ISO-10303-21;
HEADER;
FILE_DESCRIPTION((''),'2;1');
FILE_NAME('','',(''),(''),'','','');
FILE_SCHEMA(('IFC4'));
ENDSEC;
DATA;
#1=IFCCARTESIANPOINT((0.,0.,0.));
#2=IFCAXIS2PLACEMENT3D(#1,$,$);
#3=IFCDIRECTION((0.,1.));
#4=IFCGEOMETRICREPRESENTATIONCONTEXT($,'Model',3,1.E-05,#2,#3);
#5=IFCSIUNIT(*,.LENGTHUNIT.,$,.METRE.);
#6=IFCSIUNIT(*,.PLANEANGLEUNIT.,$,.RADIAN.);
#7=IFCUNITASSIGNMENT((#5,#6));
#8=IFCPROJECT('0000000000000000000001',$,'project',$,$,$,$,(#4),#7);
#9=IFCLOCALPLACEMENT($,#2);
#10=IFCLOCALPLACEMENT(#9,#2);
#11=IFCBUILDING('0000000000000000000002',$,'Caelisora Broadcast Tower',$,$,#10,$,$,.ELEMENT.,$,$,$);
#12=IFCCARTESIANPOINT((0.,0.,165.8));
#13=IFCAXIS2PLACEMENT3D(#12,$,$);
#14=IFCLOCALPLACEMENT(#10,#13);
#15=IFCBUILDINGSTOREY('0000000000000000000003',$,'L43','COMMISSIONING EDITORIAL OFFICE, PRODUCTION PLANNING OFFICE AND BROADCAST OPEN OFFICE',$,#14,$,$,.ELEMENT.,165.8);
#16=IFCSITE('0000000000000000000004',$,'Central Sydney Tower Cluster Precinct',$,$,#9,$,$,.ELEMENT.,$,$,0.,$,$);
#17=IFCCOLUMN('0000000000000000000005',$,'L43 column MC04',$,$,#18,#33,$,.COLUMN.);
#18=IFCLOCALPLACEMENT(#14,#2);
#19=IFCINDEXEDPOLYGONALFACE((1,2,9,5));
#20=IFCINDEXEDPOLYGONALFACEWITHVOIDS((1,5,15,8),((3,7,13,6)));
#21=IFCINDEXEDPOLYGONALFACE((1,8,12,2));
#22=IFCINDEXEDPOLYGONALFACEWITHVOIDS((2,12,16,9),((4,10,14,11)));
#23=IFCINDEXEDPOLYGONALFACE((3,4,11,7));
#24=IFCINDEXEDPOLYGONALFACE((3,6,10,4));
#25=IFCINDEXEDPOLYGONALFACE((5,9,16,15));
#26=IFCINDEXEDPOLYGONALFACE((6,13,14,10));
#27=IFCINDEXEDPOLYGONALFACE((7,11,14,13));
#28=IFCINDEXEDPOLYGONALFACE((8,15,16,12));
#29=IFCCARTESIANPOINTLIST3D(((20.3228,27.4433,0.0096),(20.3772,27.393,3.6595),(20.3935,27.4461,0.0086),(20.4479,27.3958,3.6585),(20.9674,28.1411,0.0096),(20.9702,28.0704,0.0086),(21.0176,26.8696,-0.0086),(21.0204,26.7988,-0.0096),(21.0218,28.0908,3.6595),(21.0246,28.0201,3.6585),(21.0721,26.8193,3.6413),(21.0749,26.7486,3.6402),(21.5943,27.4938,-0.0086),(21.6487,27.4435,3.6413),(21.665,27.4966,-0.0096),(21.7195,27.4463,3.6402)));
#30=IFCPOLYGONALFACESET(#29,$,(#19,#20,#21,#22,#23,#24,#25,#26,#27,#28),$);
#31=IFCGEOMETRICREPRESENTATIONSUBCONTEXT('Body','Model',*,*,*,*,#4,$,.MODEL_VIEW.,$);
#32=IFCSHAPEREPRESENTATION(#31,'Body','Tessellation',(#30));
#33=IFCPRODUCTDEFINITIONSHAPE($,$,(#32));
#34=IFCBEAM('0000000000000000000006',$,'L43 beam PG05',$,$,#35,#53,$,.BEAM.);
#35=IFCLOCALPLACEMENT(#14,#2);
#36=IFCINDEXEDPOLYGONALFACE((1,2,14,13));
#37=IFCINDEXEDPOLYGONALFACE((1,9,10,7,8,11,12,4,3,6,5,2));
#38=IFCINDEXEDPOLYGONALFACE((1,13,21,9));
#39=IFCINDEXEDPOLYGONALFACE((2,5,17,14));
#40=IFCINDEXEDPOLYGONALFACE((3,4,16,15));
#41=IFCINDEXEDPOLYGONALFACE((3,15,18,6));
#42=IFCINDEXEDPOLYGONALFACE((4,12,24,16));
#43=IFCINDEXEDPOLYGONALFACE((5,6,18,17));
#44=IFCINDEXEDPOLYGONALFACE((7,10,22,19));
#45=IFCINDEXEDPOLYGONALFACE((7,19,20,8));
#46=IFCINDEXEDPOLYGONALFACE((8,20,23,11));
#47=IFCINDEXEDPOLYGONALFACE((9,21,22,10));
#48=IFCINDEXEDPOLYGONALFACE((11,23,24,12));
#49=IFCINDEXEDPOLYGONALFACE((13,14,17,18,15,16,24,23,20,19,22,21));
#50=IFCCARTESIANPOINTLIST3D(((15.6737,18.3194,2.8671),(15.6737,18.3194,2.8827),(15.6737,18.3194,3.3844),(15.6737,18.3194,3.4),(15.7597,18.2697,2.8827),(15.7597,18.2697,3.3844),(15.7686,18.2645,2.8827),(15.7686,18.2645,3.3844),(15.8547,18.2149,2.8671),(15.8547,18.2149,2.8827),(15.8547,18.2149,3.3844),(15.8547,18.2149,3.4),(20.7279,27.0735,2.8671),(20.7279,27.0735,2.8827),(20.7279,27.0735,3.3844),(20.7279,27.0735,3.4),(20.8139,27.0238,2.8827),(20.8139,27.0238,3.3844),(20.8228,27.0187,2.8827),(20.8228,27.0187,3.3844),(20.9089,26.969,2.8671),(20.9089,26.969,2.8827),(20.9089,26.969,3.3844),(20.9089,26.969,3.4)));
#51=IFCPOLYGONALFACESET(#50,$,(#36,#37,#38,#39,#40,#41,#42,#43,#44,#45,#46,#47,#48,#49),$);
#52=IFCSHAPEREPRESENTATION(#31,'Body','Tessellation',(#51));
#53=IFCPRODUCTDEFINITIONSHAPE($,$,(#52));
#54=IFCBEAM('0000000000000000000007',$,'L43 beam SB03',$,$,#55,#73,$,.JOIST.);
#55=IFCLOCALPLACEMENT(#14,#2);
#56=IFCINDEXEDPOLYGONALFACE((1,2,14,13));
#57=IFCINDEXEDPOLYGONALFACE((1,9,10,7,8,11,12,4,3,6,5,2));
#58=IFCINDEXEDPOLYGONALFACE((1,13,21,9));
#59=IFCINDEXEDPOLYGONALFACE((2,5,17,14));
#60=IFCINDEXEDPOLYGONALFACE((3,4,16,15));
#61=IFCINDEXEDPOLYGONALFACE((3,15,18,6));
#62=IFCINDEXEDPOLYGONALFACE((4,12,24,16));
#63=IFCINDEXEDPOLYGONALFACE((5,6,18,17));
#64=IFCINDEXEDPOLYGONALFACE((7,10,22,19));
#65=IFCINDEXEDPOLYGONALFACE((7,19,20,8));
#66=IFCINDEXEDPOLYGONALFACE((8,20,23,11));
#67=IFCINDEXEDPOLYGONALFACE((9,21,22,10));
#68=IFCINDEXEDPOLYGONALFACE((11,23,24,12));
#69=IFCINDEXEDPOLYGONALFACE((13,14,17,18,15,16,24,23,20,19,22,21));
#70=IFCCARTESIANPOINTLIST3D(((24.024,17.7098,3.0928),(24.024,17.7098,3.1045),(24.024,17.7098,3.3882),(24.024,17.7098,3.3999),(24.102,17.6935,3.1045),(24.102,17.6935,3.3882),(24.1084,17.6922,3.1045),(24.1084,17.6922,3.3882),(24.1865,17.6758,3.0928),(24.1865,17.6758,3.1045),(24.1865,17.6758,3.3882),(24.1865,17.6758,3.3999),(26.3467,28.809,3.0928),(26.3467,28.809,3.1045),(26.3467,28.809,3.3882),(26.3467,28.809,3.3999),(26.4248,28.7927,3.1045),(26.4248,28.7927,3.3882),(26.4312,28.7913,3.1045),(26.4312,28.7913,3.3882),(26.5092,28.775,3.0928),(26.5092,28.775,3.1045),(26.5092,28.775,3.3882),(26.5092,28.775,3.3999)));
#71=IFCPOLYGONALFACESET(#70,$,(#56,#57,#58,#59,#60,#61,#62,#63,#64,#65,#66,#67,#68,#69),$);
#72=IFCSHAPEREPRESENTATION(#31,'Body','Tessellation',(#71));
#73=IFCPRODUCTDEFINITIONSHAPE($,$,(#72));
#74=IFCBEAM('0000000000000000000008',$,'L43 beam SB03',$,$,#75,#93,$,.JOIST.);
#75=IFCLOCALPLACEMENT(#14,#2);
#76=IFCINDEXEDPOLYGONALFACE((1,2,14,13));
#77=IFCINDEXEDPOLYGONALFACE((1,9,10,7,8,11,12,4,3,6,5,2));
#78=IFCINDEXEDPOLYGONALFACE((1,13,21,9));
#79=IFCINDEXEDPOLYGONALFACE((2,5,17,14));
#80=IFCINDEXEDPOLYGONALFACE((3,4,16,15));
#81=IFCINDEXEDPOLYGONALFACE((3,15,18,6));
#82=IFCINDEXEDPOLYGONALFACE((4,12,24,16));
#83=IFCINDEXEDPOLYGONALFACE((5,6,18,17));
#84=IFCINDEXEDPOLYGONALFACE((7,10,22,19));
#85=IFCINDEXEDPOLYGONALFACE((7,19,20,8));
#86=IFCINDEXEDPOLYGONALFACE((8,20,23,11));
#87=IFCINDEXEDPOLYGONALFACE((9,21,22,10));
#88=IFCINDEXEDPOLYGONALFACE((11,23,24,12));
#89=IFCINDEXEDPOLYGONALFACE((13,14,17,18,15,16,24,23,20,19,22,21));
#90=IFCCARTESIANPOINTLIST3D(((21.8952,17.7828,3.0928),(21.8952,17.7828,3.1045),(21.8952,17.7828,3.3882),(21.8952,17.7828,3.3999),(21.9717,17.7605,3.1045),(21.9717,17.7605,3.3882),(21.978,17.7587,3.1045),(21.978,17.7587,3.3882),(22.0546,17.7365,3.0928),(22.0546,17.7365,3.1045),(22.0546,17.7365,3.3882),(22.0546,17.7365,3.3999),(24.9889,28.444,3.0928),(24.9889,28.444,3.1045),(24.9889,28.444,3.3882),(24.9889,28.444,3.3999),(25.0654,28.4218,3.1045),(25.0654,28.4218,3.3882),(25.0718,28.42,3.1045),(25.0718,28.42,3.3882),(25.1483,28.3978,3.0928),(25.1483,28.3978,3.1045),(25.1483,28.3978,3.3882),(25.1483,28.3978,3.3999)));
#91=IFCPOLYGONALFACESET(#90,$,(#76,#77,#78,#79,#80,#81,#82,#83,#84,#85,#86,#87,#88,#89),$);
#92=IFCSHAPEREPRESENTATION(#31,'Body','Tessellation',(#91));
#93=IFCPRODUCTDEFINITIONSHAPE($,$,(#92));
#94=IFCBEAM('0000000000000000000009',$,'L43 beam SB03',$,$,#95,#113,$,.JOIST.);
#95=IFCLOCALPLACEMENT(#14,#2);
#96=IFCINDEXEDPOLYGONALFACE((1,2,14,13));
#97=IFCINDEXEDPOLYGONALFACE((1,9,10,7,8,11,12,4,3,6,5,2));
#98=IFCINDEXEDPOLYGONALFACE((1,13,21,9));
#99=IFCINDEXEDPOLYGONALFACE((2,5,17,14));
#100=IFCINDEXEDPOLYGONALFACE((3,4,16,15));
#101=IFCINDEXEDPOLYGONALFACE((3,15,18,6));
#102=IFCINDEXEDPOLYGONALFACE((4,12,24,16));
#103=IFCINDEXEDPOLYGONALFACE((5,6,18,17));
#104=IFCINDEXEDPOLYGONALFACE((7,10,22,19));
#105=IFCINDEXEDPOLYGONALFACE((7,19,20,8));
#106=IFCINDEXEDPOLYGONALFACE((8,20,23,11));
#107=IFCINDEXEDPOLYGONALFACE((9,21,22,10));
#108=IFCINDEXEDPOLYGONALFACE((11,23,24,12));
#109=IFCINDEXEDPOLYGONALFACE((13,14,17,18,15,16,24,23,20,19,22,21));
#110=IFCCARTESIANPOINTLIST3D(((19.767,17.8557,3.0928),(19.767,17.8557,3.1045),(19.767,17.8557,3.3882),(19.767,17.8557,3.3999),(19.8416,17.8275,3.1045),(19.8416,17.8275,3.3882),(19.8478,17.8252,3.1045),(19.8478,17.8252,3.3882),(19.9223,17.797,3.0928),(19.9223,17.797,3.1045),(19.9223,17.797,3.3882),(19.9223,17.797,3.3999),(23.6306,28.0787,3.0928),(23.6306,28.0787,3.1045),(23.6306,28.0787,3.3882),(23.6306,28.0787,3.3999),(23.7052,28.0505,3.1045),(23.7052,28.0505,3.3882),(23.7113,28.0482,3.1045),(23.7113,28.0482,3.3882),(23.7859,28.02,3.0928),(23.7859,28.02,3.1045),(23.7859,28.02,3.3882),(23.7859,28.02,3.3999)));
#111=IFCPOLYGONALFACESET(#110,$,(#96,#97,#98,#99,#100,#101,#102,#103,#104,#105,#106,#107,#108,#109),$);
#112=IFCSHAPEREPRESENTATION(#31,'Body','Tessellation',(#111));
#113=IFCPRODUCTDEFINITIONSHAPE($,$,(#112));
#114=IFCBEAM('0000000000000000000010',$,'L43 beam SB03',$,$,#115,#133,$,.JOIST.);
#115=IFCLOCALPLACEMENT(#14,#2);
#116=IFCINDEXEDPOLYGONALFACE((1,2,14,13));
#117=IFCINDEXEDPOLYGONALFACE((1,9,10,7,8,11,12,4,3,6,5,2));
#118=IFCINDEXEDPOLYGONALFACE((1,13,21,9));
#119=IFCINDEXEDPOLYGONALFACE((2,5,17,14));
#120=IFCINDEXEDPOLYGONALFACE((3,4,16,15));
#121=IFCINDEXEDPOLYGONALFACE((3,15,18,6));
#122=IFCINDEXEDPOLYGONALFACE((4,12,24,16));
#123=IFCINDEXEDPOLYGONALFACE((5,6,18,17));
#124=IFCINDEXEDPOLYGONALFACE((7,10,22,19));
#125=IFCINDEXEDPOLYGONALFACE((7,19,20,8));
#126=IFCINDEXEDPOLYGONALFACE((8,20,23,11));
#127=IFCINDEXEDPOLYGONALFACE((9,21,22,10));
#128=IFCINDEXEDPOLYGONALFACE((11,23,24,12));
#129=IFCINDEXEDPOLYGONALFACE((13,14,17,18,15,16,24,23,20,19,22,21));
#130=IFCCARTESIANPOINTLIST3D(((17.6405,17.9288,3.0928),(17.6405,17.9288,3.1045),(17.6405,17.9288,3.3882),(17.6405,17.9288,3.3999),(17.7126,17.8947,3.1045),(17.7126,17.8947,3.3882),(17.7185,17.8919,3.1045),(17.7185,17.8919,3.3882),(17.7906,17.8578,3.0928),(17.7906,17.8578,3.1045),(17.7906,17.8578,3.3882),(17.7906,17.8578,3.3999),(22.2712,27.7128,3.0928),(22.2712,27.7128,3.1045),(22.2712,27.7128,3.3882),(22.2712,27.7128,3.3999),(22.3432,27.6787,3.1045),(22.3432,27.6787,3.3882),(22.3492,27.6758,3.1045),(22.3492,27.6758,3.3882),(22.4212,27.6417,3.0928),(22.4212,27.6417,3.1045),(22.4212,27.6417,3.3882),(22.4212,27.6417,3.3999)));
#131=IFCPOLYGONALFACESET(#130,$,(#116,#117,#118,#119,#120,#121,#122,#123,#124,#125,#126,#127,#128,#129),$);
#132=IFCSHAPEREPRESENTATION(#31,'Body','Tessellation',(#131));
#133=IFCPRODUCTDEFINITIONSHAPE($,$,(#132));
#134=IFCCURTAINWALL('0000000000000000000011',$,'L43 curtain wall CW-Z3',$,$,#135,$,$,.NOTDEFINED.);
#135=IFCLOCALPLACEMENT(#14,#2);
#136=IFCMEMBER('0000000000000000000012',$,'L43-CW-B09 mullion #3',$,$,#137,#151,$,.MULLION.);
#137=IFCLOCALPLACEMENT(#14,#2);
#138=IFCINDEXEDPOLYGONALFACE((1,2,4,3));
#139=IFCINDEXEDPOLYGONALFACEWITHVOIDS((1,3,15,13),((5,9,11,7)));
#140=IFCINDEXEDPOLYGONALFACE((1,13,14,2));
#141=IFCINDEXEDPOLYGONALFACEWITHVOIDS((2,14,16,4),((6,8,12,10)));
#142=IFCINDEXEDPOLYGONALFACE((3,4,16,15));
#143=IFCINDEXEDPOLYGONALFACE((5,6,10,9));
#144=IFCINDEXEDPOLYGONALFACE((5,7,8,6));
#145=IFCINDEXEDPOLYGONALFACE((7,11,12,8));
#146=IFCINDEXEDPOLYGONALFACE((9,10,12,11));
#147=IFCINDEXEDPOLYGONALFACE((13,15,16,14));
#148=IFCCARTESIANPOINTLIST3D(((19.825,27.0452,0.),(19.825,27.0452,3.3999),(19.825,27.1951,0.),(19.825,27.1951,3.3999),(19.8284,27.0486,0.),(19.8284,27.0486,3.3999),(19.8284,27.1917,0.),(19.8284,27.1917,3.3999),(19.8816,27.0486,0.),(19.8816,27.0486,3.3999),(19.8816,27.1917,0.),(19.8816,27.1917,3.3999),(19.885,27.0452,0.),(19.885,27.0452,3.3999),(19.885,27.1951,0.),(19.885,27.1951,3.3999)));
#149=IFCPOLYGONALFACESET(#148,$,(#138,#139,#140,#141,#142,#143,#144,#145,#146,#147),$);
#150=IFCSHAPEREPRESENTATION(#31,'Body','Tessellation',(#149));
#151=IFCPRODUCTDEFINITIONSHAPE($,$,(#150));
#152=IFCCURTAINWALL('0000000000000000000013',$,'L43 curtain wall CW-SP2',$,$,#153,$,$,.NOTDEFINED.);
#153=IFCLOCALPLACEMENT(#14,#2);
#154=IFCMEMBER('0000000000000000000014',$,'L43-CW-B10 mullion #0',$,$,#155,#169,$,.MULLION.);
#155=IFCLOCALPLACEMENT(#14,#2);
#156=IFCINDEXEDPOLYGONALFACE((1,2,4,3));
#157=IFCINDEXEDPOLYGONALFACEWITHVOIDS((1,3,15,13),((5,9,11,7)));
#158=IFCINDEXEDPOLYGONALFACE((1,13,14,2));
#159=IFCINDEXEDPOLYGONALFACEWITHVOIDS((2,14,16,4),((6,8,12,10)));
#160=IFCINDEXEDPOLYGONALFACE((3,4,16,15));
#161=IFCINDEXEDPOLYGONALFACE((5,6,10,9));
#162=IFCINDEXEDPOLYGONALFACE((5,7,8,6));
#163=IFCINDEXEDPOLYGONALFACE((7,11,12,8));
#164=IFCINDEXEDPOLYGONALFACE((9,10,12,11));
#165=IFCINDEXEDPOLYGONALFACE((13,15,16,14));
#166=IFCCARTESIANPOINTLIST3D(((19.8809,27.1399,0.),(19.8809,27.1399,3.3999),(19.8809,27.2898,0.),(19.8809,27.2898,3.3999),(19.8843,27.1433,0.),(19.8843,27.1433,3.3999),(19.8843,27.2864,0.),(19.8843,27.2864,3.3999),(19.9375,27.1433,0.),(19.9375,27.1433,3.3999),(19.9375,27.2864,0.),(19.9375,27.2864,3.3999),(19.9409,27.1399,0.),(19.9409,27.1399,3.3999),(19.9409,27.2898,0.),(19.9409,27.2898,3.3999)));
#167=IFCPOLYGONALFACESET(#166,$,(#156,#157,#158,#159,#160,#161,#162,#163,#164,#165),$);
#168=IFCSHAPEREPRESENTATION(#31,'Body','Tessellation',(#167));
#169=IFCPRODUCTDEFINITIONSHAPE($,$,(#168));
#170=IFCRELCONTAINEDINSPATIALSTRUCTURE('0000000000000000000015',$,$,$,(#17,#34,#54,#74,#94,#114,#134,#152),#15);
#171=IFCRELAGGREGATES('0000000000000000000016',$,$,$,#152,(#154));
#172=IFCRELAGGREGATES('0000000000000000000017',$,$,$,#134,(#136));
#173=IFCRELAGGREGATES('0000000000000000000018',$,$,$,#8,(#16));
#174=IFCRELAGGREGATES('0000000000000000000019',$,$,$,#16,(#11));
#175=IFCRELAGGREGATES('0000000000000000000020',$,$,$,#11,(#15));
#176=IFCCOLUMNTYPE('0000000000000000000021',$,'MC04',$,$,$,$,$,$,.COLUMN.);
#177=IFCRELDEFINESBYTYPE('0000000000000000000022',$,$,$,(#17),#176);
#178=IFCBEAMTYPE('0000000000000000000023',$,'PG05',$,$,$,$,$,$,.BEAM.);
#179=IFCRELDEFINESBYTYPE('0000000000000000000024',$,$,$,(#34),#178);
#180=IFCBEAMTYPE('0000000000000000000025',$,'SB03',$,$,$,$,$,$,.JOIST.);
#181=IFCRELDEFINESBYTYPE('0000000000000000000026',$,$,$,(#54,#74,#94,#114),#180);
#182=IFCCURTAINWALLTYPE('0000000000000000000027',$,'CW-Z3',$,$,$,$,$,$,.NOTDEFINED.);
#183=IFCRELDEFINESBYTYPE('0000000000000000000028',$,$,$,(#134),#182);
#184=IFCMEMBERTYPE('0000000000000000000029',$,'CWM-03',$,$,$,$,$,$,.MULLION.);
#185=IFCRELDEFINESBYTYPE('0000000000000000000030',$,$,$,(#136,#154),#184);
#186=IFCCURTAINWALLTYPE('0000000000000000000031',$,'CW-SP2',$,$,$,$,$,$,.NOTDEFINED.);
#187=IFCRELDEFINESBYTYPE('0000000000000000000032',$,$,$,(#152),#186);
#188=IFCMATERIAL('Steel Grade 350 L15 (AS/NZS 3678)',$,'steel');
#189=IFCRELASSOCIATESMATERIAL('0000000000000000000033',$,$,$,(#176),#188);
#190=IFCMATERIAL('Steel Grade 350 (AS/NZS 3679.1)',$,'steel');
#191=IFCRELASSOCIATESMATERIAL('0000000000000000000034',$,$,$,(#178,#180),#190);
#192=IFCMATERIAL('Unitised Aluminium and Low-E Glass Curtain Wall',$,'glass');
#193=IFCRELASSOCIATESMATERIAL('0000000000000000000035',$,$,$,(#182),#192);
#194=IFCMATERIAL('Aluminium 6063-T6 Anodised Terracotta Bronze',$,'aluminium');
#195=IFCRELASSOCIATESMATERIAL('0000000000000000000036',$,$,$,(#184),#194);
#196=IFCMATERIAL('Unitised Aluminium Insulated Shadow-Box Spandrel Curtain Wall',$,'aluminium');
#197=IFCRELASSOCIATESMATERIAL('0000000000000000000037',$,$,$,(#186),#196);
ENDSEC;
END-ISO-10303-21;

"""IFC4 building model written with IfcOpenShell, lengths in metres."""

from ifc_helpers import new_model, si_unit, direction, frame, origin, origin_2d, place, context, subcontext, project, spatial, hollow_rectangle, i_section, extrude, source, transform, mapped, material, material_profile, profile_set, type_object, type_shapes, element, aggregate, save


model = new_model("IFC4")

# Units and contexts
model_context = context("Model", 3, precision=1e-05, world=origin(), true_north=direction((0.0, 1.0)))
body_context = subcontext(model_context, "Body", "Model", "MODEL_VIEW")
ifc_project = project(units=[si_unit("LENGTHUNIT", "METRE"), si_unit("PLANEANGLEUNIT", "RADIAN")], contexts=[model_context])

# Site, building, storey
site_placement = place(None, origin())
site = spatial("IfcSite", under=ifc_project, at=site_placement, Name="Central Sydney Tower Cluster Precinct", CompositionType="ELEMENT", RefElevation=0.0)
building_placement = place(site_placement, origin())
building = spatial("IfcBuilding", under=site, at=building_placement, Name="Caelisora Broadcast Tower", CompositionType="ELEMENT")
storey_placement = place(building_placement, frame((0.0, 0.0, 165.8)))
storey = spatial("IfcBuildingStorey", under=building, at=storey_placement, Name="L43", Description="COMMISSIONING EDITORIAL OFFICE, PRODUCTION PLANNING OFFICE AND BROADCAST OPEN OFFICE", CompositionType="ELEMENT", Elevation=165.8)

# Column
ifc_material_1 = material(Name="Steel Grade 350 L15 (AS/NZS 3678)", Category="steel")
ifc_material_profile_1 = material_profile(ifc_material_1, hollow_rectangle(XDim=0.95, YDim=0.95, WallThickness=0.05, at=origin_2d()), Name="Steel Grade 350 L15 (AS/NZS 3678)")
ifc_profile_set_1 = profile_set([ifc_material_profile_1], Name="Steel Grade 350 L15 (AS/NZS 3678)")
column_type = type_object("IfcColumnType", Name="MC04", PredefinedType="COLUMN", material=ifc_profile_set_1)
shared_shape_1 = source(origin(), body_context, "Body", "SweptSolid", [
    extrude(hollow_rectangle(XDim=0.95, YDim=0.95, WallThickness=0.05, at=origin_2d()), origin(), (0.0, 0.0, 1.0), 3.6506),
])
type_shapes(column_type, [shared_shape_1])
column_placement = place(storey_placement, frame((20.9939, 27.47, 0.0), z_axis=(0.014913, -0.013776, 0.999794), x_axis=(0.678554, 0.734551, 0.0)))
element("IfcColumn", 1, at=column_placement, inside=storey, type_object=column_type, Name="L43 column MC04", PredefinedType="COLUMN", context=body_context, shape_type="MappedRepresentation", body=[
    mapped(shared_shape_1, transform((0.0, 0.0, 0.0), scale=1.0)),
])

# Beams
ifc_material_2 = material(Name="Steel Grade 350 (AS/NZS 3679.1)", Category="steel")
ifc_material_profile_2 = material_profile(ifc_material_2, i_section(OverallWidth=0.209, OverallDepth=0.533, WebThickness=0.0103, FlangeThickness=0.0156, at=origin_2d()), Name="Steel Grade 350 (AS/NZS 3679.1)")
ifc_profile_set_2 = profile_set([ifc_material_profile_2], Name="Steel Grade 350 (AS/NZS 3679.1)")
beam_type_1 = type_object("IfcBeamType", Name="PG05", PredefinedType="BEAM", material=ifc_profile_set_2)
shared_shape_2 = source(origin(), body_context, "Body", "SweptSolid", [
    extrude(i_section(OverallWidth=0.209, OverallDepth=0.533, WebThickness=0.0103, FlangeThickness=0.0156, at=origin_2d()), origin(), (0.0, 0.0, 1.0), 10.1084),
])
type_shapes(beam_type_1, [shared_shape_2])
beam_1_placement = place(storey_placement, frame((20.8184, 27.0212, 3.1335), z_axis=(-0.499999, -0.866026, 0.0), x_axis=(0.866026, -0.499999, 0.0)))
element("IfcBeam", 2, at=beam_1_placement, inside=storey, type_object=beam_type_1, Name="L43 beam PG05", PredefinedType="BEAM", context=body_context, shape_type="MappedRepresentation", body=[
    mapped(shared_shape_2, transform((0.0, 0.0, 0.0), scale=1.0)),
])
ifc_material_profile_3 = material_profile(ifc_material_2, i_section(OverallWidth=0.166, OverallDepth=0.3071, WebThickness=0.0066, FlangeThickness=0.0117, at=origin_2d()), Name="Steel Grade 350 (AS/NZS 3679.1)")
ifc_profile_set_3 = profile_set([ifc_material_profile_3], Name="Steel Grade 350 (AS/NZS 3679.1)")
beam_type_2 = type_object("IfcBeamType", Name="SB03", PredefinedType="JOIST", material=ifc_profile_set_3)
shared_shape_3 = source(origin(), body_context, "Body", "SweptSolid", [
    extrude(i_section(OverallWidth=0.166, OverallDepth=0.3071, WebThickness=0.0066, FlangeThickness=0.0117, at=origin_2d()), origin(), (0.0, 0.0, 1.0), 11.3396),
])
beam_2_placement = place(storey_placement, frame((26.428, 28.792, 3.2463), z_axis=(-0.204836, -0.978796, 0.0), x_axis=(0.978796, -0.204836, 0.0)))
element("IfcBeam", 3, at=beam_2_placement, inside=storey, type_object=beam_type_2, Name="L43 beam SB03", PredefinedType="JOIST", context=body_context, shape_type="MappedRepresentation", body=[
    mapped(shared_shape_3, transform((0.0, 0.0, 0.0), scale=1.0)),
])
shared_shape_4 = source(origin(), body_context, "Body", "SweptSolid", [
    extrude(i_section(OverallWidth=0.166, OverallDepth=0.3071, WebThickness=0.0066, FlangeThickness=0.0117, at=origin_2d()), origin(), (0.0, 0.0, 1.0), 11.1011),
])
beam_3_placement = place(storey_placement, frame((25.0686, 28.4209, 3.2463), z_axis=(-0.278687, -0.960382, 0.0), x_axis=(0.960382, -0.278687, 0.0)))
element("IfcBeam", 4, at=beam_3_placement, inside=storey, type_object=beam_type_2, Name="L43 beam SB03", PredefinedType="JOIST", context=body_context, shape_type="MappedRepresentation", body=[
    mapped(shared_shape_4, transform((0.0, 0.0, 0.0), scale=1.0)),
])
shared_shape_5 = source(origin(), body_context, "Body", "SweptSolid", [
    extrude(i_section(OverallWidth=0.166, OverallDepth=0.3071, WebThickness=0.0066, FlangeThickness=0.0117, at=origin_2d()), origin(), (0.0, 0.0, 1.0), 10.9287),
])
beam_4_placement = place(storey_placement, frame((23.7083, 28.0493, 3.2463), z_axis=(-0.353524, -0.935425, 0.0), x_axis=(0.935425, -0.353524, 0.0)))
element("IfcBeam", 5, at=beam_4_placement, inside=storey, type_object=beam_type_2, Name="L43 beam SB03", PredefinedType="JOIST", context=body_context, shape_type="MappedRepresentation", body=[
    mapped(shared_shape_5, transform((0.0, 0.0, 0.0), scale=1.0)),
])
shared_shape_6 = source(origin(), body_context, "Body", "SweptSolid", [
    extrude(i_section(OverallWidth=0.166, OverallDepth=0.3071, WebThickness=0.0066, FlangeThickness=0.0117, at=origin_2d()), origin(), (0.0, 0.0, 1.0), 10.8245),
])
type_shapes(beam_type_2, [shared_shape_3, shared_shape_4, shared_shape_5, shared_shape_6])
beam_5_placement = place(storey_placement, frame((22.3462, 27.6772, 3.2463), z_axis=(-0.427794, -0.903876, 0.0), x_axis=(0.903876, -0.427794, 0.0)))
element("IfcBeam", 6, at=beam_5_placement, inside=storey, type_object=beam_type_2, Name="L43 beam SB03", PredefinedType="JOIST", context=body_context, shape_type="MappedRepresentation", body=[
    mapped(shared_shape_6, transform((0.0, 0.0, 0.0), scale=1.0)),
])

# Curtain wall, member
ifc_material_3 = material(Name="Unitised Aluminium and Low-E Glass Curtain Wall", Category="glass")
curtain_wall_type_1 = type_object("IfcCurtainWallType", Name="CW-Z3", PredefinedType="NOTDEFINED", material=ifc_material_3)
curtain_wall_1_placement = place(storey_placement, origin())
curtain_wall_1 = element("IfcCurtainWall", 7, at=curtain_wall_1_placement, inside=storey, type_object=curtain_wall_type_1, Name="L43 curtain wall CW-Z3", PredefinedType="NOTDEFINED")
ifc_material_4 = material(Name="Aluminium 6063-T6 Anodised Terracotta Bronze", Category="aluminium")
ifc_material_profile_4 = material_profile(ifc_material_4, hollow_rectangle(XDim=0.0601, YDim=0.1499, WallThickness=0.0034, at=origin_2d()), Name="Aluminium 6063-T6 Anodised Terracotta Bronze")
ifc_profile_set_4 = profile_set([ifc_material_profile_4], Name="Aluminium 6063-T6 Anodised Terracotta Bronze")
member_type_1 = type_object("IfcMemberType", Name="CWM-03", PredefinedType="MULLION", material=ifc_profile_set_4)
shared_shape_7 = source(origin(), body_context, "Body", "SweptSolid", [
    extrude(hollow_rectangle(XDim=0.0601, YDim=0.1499, WallThickness=0.0034, at=origin_2d()), origin(), (0.0, 0.0, 1.0), 3.3999),
])
type_shapes(member_type_1, [shared_shape_7])
member_1_placement = place(storey_placement, frame((19.855, 27.1201, 0.0), z_axis=(0.0, 0.0, 1.0), x_axis=(1.0, 0.0, 0.0)))
member_1 = element("IfcMember", 8, at=member_1_placement, type_object=member_type_1, Name="L43-CW-B09 mullion #3", PredefinedType="MULLION", context=body_context, shape_type="MappedRepresentation", body=[
    mapped(shared_shape_7, transform((0.0, 0.0, 0.0), scale=1.0)),
])

# Curtain wall, member
ifc_material_5 = material(Name="Unitised Aluminium Insulated Shadow-Box Spandrel Curtain Wall", Category="aluminium")
curtain_wall_type_2 = type_object("IfcCurtainWallType", Name="CW-SP2", PredefinedType="NOTDEFINED", material=ifc_material_5)
curtain_wall_2_placement = place(storey_placement, origin())
curtain_wall_2 = element("IfcCurtainWall", 9, at=curtain_wall_2_placement, inside=storey, type_object=curtain_wall_type_2, Name="L43 curtain wall CW-SP2", PredefinedType="NOTDEFINED")
member_2_placement = place(storey_placement, frame((19.9109, 27.2148, 0.0), z_axis=(0.0, 0.0, 1.0), x_axis=(1.0, 0.0, 0.0)))
member_2 = element("IfcMember", 10, at=member_2_placement, type_object=member_type_1, Name="L43-CW-B10 mullion #0", PredefinedType="MULLION", context=body_context, shape_type="MappedRepresentation", body=[
    mapped(shared_shape_7, transform((0.0, 0.0, 0.0), scale=1.0)),
])

aggregate(curtain_wall_2, [member_2])
aggregate(curtain_wall_1, [member_1])

save(model, "model.ifc")
